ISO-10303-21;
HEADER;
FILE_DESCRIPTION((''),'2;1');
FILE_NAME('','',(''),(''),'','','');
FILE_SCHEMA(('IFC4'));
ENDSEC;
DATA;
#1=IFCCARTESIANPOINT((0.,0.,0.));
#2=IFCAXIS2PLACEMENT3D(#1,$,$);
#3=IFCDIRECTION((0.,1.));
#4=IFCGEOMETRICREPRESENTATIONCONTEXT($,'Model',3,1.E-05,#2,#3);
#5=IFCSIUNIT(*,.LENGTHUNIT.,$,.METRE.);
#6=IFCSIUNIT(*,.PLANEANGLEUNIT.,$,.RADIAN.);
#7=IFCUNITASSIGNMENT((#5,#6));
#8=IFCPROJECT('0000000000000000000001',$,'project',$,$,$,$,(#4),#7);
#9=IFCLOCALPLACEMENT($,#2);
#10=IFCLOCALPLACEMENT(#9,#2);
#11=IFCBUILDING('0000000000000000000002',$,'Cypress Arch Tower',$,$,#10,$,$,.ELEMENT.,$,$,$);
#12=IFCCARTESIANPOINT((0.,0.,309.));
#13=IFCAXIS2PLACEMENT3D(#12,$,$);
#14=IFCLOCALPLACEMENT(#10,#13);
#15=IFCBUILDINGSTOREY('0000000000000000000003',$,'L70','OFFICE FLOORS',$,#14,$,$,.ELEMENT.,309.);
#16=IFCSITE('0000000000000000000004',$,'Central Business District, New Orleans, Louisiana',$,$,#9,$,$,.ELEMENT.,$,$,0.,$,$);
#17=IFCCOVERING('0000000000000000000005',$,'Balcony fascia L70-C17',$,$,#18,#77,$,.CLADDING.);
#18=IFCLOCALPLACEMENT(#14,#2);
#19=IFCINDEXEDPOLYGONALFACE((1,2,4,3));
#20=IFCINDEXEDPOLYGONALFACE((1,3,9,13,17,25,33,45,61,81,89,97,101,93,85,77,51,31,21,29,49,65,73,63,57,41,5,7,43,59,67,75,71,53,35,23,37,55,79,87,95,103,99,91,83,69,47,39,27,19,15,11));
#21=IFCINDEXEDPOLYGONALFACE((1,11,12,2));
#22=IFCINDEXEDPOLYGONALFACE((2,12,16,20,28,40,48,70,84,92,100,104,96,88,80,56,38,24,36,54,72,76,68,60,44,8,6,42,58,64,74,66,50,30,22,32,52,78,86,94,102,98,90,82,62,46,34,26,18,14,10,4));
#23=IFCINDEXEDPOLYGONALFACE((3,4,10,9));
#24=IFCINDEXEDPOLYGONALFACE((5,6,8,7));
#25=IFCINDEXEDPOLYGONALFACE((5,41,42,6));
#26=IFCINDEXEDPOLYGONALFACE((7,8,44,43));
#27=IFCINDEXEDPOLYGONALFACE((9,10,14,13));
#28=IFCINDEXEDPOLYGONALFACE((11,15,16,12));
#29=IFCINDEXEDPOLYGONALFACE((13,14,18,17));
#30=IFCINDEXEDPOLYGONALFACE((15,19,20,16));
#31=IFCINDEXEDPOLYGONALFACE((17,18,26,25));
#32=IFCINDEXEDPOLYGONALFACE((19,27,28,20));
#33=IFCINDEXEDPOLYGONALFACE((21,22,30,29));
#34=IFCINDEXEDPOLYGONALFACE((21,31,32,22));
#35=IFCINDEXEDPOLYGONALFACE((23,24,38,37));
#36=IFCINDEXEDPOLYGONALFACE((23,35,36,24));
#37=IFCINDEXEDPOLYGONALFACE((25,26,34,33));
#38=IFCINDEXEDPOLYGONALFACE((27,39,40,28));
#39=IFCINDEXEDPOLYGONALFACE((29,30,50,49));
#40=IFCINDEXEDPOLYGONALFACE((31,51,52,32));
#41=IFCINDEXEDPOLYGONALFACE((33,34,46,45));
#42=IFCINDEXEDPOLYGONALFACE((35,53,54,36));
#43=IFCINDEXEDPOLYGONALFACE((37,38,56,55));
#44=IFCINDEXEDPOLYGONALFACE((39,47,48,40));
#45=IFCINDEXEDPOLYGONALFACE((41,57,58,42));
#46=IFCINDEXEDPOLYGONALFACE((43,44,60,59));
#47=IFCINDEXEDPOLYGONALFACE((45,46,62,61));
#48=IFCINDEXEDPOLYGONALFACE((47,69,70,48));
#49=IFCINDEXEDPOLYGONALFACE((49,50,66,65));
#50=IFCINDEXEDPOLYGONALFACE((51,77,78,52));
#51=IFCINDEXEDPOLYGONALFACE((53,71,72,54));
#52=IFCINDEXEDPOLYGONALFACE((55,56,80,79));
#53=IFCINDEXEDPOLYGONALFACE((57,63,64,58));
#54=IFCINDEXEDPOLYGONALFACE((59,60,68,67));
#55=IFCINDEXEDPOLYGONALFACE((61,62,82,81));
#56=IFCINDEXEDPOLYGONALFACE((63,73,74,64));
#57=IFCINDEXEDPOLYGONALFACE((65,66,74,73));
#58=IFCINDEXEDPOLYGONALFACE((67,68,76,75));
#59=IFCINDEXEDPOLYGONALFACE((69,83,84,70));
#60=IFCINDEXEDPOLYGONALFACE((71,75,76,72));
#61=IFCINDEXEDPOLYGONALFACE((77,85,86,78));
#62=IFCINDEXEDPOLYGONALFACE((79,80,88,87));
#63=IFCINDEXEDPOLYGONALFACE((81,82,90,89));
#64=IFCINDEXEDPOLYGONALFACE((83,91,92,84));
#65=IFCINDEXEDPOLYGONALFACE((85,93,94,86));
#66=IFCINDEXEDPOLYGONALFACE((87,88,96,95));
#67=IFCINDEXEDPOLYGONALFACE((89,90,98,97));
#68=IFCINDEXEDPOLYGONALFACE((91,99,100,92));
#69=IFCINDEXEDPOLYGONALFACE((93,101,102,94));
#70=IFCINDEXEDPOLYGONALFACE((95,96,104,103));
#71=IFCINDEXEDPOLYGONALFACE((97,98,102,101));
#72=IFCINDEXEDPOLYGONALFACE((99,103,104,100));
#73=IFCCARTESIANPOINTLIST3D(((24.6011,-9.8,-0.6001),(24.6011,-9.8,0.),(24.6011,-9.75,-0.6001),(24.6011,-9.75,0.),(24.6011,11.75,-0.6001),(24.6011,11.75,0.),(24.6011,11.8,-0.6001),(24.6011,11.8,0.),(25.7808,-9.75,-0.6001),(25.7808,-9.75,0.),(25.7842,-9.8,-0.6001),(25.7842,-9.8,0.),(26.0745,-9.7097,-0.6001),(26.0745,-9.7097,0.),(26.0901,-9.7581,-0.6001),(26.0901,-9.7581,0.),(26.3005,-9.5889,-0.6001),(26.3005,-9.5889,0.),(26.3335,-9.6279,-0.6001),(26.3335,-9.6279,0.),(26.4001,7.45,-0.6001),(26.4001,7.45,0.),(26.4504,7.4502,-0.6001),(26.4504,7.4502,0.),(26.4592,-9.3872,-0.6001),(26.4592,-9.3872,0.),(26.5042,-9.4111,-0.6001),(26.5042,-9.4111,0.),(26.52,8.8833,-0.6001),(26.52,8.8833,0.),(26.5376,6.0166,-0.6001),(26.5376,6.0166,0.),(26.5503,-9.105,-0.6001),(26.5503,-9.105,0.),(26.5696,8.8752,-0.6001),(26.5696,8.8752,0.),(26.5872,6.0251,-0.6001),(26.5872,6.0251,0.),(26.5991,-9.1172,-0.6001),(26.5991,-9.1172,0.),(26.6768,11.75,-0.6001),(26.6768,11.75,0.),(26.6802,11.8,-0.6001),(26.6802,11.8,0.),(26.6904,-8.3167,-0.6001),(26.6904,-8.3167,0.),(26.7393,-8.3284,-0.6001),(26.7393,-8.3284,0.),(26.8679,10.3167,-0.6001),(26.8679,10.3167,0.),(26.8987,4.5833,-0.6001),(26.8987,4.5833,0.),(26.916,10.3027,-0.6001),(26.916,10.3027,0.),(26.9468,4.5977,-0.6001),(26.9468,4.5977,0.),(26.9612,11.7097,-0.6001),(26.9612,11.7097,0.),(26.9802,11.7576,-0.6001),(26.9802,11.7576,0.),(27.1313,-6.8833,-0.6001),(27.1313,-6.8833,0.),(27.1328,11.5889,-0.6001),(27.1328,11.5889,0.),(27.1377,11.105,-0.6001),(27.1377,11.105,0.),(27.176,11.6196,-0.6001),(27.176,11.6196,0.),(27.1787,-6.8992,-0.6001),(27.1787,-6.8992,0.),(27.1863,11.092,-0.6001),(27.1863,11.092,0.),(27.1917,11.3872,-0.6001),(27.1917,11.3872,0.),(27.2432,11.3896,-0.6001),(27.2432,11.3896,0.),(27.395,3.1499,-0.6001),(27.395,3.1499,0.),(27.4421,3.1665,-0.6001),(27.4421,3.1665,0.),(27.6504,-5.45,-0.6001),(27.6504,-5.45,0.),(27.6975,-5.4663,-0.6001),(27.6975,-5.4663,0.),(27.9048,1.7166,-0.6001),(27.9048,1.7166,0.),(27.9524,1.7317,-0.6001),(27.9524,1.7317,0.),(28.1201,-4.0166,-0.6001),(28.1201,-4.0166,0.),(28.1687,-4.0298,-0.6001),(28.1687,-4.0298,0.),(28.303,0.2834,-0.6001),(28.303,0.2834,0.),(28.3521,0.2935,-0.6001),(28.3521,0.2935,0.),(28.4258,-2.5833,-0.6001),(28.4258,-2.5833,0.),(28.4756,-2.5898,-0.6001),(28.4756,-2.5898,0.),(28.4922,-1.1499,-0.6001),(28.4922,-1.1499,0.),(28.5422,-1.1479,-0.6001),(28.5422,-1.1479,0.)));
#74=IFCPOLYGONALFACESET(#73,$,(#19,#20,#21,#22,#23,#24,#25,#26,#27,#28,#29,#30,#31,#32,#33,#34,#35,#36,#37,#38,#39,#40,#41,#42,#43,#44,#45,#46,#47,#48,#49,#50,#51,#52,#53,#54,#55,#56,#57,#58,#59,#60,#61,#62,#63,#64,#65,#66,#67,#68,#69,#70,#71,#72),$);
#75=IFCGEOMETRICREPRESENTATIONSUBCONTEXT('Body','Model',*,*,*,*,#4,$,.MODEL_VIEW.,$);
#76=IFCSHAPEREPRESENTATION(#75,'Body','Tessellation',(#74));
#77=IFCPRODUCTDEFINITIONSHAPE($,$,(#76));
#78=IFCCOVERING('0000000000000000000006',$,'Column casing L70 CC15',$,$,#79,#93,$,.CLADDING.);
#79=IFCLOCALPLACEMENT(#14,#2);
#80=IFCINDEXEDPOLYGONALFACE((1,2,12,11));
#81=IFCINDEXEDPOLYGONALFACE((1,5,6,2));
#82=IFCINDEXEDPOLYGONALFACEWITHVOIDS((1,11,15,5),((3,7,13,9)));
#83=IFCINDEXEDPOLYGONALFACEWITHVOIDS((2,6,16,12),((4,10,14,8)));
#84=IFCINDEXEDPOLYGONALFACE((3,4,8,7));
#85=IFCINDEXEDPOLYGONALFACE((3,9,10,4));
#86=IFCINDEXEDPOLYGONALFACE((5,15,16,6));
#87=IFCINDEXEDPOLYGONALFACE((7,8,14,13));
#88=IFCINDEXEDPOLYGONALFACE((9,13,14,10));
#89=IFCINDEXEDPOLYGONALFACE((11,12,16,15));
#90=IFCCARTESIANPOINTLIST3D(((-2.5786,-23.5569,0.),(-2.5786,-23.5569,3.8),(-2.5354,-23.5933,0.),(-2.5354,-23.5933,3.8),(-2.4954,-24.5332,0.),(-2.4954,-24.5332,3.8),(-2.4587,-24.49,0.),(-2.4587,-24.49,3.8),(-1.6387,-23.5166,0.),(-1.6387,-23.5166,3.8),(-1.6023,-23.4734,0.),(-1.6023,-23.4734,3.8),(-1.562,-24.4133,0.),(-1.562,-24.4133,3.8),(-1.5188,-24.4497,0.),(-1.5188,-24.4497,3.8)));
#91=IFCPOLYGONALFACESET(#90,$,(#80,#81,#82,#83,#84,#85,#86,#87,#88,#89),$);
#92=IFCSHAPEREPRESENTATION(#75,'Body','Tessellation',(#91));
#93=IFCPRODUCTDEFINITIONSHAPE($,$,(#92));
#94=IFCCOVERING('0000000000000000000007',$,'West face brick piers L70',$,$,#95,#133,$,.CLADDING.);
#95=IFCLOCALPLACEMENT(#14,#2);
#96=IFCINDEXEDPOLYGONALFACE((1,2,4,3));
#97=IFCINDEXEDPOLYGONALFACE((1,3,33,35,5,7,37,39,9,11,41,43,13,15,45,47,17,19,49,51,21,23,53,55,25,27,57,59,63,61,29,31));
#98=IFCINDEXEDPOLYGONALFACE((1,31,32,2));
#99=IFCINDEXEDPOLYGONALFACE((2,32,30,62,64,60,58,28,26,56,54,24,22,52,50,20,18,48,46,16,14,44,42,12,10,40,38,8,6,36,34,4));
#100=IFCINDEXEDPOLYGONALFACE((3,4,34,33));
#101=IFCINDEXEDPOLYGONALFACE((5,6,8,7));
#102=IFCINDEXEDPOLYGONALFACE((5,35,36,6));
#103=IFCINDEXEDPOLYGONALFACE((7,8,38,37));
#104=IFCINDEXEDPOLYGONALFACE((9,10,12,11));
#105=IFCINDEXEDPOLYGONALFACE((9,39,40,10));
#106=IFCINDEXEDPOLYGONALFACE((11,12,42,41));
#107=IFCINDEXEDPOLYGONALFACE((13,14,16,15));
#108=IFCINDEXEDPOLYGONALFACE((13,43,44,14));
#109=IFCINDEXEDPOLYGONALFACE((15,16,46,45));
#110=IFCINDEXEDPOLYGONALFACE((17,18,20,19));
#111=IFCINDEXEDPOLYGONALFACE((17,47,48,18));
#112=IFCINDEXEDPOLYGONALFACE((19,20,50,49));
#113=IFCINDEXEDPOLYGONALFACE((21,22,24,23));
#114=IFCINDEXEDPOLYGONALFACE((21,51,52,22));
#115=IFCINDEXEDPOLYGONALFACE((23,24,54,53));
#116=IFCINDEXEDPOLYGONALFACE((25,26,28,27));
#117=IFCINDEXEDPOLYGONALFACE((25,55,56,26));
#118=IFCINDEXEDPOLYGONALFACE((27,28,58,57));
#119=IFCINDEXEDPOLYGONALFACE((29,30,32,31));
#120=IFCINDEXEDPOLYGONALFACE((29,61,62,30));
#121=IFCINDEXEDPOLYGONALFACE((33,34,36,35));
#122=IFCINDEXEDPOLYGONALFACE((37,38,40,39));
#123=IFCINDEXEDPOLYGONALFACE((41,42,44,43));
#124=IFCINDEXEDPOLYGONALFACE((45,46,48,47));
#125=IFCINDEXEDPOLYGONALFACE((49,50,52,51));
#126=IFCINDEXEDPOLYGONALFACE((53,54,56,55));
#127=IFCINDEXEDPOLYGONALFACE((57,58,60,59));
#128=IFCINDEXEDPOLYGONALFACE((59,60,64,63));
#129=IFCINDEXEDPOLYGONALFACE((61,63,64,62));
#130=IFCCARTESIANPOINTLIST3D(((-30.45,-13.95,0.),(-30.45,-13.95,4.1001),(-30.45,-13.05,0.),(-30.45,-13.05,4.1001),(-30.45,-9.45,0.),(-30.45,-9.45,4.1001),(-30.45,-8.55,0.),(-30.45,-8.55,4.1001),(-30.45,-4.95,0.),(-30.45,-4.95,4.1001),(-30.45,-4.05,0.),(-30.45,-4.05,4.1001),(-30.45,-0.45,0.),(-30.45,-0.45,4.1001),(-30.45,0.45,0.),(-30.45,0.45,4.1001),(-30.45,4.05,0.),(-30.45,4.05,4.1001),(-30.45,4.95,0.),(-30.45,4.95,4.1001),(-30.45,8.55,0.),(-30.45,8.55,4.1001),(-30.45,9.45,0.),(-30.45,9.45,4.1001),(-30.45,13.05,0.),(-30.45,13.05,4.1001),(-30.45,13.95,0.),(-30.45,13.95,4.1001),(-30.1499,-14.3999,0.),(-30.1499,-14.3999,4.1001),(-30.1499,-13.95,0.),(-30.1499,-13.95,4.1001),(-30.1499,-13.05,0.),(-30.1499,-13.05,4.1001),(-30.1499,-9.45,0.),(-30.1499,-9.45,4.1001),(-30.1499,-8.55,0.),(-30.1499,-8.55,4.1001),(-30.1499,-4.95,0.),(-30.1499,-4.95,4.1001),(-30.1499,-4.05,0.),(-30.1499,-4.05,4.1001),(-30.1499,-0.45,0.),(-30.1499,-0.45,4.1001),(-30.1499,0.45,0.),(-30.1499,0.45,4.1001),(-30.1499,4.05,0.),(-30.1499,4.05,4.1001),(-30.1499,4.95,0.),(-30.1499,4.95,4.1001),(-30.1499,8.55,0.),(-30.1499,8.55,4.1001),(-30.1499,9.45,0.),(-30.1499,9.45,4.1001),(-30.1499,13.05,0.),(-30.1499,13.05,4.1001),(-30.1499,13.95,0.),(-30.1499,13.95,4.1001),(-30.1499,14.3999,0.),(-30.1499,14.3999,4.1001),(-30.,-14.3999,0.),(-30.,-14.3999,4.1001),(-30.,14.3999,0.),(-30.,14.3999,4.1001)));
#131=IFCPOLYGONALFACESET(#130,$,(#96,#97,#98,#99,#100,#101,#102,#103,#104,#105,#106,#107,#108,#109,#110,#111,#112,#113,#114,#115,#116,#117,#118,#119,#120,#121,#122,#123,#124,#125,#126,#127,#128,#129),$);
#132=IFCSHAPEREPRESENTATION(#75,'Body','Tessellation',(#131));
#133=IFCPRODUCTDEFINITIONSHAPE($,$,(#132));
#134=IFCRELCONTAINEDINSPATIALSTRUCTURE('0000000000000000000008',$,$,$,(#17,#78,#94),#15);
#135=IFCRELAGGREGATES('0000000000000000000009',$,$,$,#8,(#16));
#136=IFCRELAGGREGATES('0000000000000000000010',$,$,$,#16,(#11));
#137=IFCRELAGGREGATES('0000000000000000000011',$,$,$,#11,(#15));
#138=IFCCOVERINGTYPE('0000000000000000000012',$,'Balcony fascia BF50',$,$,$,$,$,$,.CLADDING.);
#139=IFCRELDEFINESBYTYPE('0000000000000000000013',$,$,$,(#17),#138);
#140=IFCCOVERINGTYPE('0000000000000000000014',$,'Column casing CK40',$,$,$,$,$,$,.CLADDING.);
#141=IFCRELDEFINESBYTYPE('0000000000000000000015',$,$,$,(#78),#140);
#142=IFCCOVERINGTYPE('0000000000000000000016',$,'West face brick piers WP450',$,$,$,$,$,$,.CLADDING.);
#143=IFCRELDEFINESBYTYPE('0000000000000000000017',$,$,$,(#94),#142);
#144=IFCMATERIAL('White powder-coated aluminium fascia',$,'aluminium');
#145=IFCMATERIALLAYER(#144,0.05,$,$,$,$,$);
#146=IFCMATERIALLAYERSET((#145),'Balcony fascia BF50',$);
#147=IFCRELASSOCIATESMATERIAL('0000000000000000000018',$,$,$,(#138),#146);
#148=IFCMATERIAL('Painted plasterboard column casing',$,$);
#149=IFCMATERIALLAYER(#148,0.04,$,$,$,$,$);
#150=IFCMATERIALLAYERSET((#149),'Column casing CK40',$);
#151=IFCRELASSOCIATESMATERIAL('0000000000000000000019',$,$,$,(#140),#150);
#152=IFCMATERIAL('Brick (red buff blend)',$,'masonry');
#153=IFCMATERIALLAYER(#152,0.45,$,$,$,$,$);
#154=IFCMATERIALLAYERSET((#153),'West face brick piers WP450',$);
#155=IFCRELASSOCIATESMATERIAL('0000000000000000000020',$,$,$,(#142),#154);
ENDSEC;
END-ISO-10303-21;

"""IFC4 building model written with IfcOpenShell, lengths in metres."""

from ifc_helpers import new_model, si_unit, direction, frame, origin, place, context, subcontext, project, spatial, polyline, outline, extrude, material, layer, layer_set, type_object, element, save


model = new_model("IFC4")

# Units and contexts
model_context = context("Model", 3, precision=1e-05, world=origin(), true_north=direction((0.0, 1.0)))
body_context = subcontext(model_context, "Body", "Model", "MODEL_VIEW")
ifc_project = project(units=[si_unit("LENGTHUNIT", "METRE"), si_unit("PLANEANGLEUNIT", "RADIAN")], contexts=[model_context])

# Site, building, storey
site_placement = place(None, origin())
site = spatial("IfcSite", under=ifc_project, at=site_placement, Name="Central Business District, New Orleans, Louisiana", CompositionType="ELEMENT", RefElevation=0.0)
building_placement = place(site_placement, origin())
building = spatial("IfcBuilding", under=site, at=building_placement, Name="Cypress Arch Tower", CompositionType="ELEMENT")
storey_placement = place(building_placement, frame((0.0, 0.0, 309.0)))
storey = spatial("IfcBuildingStorey", under=building, at=storey_placement, Name="L70", Description="OFFICE FLOORS", CompositionType="ELEMENT", Elevation=309.0)

# Coverings
ifc_material_1 = material(Name="White powder-coated aluminium fascia", Category="aluminium")
ifc_layer_1 = layer(ifc_material_1, 0.05)
ifc_layer_set_1 = layer_set([ifc_layer_1], Name="Balcony fascia BF50")
covering_type_1 = type_object("IfcCoveringType", Name="Balcony fascia BF50", PredefinedType="CLADDING", material=ifc_layer_set_1)
covering_1_placement = place(storey_placement, frame((0.0, 0.0, -0.6001)))
element("IfcCovering", 1, at=covering_1_placement, inside=storey, type_object=covering_type_1, Name="Balcony fascia L70-C17", PredefinedType="CLADDING", context=body_context, shape_type="SweptSolid", body=[
    extrude(outline(polyline([(26.6802, 11.8), (26.9802, 11.7576), (27.176, 11.6196), (27.2432, 11.3896), (27.1863, 11.092), (26.916, 10.3027), (26.5696, 8.8752), (26.4504, 7.4502), (26.5872, 6.0251), (26.9468, 4.5977), (27.4421, 3.1665), (27.9524, 1.7317), (28.3521, 0.2935), (28.5422, -1.1479), (28.4756, -2.5898), (28.1687, -4.0298), (27.6975, -5.4663), (27.1787, -6.8992), (26.7393, -8.3284), (26.5991, -9.1172), (26.5042, -9.4111), (26.3335, -9.6279), (26.0901, -9.7581), (25.7842, -9.8), (24.6011, -9.8), (24.6011, -9.75), (25.7808, -9.75), (26.0745, -9.7097), (26.3005, -9.5889), (26.4592, -9.3872), (26.5503, -9.105), (26.6904, -8.3167), (27.1313, -6.8833), (27.6504, -5.45), (28.1201, -4.0166), (28.4258, -2.5833), (28.4922, -1.1499), (28.303, 0.2834), (27.9048, 1.7166), (27.395, 3.1499), (26.8987, 4.5833), (26.5376, 6.0166), (26.4001, 7.45), (26.52, 8.8833), (26.8679, 10.3167), (27.1377, 11.105), (27.1917, 11.3872), (27.1328, 11.5889), (26.9612, 11.7097), (26.6768, 11.75), (24.6011, 11.75), (24.6011, 11.8), (26.6802, 11.8)])), origin(), (0.0, 0.0, 1.0), 0.6001),
])
ifc_material_2 = material(Name="Painted plasterboard column casing")
ifc_layer_2 = layer(ifc_material_2, 0.04)
ifc_layer_set_2 = layer_set([ifc_layer_2], Name="Column casing CK40")
covering_type_2 = type_object("IfcCoveringType", Name="Column casing CK40", PredefinedType="CLADDING", material=ifc_layer_set_2)
covering_2_placement = place(storey_placement, origin())
element("IfcCovering", 2, at=covering_2_placement, inside=storey, type_object=covering_type_2, Name="Column casing L70 CC15", PredefinedType="CLADDING", context=body_context, shape_type="SweptSolid", body=[
    extrude(outline(polyline([(-2.4954, -24.5332), (-2.5786, -23.5569), (-1.6023, -23.4734), (-1.5188, -24.4497), (-2.4954, -24.5332)]), holes=[polyline([(-2.4587, -24.49), (-1.562, -24.4133), (-1.6387, -23.5166), (-2.5354, -23.5933), (-2.4587, -24.49)])]), origin(), (0.0, 0.0, 1.0), 3.8),
])
ifc_material_3 = material(Name="Brick (red buff blend)", Category="masonry")
ifc_layer_3 = layer(ifc_material_3, 0.45)
ifc_layer_set_3 = layer_set([ifc_layer_3], Name="West face brick piers WP450")
covering_type_3 = type_object("IfcCoveringType", Name="West face brick piers WP450", PredefinedType="CLADDING", material=ifc_layer_set_3)
covering_3_placement = place(storey_placement, origin())
element("IfcCovering", 3, at=covering_3_placement, inside=storey, type_object=covering_type_3, Name="West face brick piers L70", PredefinedType="CLADDING", context=body_context, shape_type="SweptSolid", body=[
    extrude(outline(polyline([(-30.1499, -13.05), (-30.1499, -9.45), (-30.45, -9.45), (-30.45, -8.55), (-30.1499, -8.55), (-30.1499, -4.95), (-30.45, -4.95), (-30.45, -4.05), (-30.1499, -4.05), (-30.1499, -0.45), (-30.45, -0.45), (-30.45, 0.45), (-30.1499, 0.45), (-30.1499, 4.05), (-30.45, 4.05), (-30.45, 4.95), (-30.1499, 4.95), (-30.1499, 8.55), (-30.45, 8.55), (-30.45, 9.45), (-30.1499, 9.45), (-30.1499, 13.05), (-30.45, 13.05), (-30.45, 13.95), (-30.1499, 13.95), (-30.1499, 14.3999), (-30.0, 14.3999), (-30.0, -14.3999), (-30.1499, -14.3999), (-30.1499, -13.95), (-30.45, -13.95), (-30.45, -13.05), (-30.1499, -13.05)])), origin(), (0.0, 0.0, 1.0), 4.1001),
])

save(model, "model.ifc")
